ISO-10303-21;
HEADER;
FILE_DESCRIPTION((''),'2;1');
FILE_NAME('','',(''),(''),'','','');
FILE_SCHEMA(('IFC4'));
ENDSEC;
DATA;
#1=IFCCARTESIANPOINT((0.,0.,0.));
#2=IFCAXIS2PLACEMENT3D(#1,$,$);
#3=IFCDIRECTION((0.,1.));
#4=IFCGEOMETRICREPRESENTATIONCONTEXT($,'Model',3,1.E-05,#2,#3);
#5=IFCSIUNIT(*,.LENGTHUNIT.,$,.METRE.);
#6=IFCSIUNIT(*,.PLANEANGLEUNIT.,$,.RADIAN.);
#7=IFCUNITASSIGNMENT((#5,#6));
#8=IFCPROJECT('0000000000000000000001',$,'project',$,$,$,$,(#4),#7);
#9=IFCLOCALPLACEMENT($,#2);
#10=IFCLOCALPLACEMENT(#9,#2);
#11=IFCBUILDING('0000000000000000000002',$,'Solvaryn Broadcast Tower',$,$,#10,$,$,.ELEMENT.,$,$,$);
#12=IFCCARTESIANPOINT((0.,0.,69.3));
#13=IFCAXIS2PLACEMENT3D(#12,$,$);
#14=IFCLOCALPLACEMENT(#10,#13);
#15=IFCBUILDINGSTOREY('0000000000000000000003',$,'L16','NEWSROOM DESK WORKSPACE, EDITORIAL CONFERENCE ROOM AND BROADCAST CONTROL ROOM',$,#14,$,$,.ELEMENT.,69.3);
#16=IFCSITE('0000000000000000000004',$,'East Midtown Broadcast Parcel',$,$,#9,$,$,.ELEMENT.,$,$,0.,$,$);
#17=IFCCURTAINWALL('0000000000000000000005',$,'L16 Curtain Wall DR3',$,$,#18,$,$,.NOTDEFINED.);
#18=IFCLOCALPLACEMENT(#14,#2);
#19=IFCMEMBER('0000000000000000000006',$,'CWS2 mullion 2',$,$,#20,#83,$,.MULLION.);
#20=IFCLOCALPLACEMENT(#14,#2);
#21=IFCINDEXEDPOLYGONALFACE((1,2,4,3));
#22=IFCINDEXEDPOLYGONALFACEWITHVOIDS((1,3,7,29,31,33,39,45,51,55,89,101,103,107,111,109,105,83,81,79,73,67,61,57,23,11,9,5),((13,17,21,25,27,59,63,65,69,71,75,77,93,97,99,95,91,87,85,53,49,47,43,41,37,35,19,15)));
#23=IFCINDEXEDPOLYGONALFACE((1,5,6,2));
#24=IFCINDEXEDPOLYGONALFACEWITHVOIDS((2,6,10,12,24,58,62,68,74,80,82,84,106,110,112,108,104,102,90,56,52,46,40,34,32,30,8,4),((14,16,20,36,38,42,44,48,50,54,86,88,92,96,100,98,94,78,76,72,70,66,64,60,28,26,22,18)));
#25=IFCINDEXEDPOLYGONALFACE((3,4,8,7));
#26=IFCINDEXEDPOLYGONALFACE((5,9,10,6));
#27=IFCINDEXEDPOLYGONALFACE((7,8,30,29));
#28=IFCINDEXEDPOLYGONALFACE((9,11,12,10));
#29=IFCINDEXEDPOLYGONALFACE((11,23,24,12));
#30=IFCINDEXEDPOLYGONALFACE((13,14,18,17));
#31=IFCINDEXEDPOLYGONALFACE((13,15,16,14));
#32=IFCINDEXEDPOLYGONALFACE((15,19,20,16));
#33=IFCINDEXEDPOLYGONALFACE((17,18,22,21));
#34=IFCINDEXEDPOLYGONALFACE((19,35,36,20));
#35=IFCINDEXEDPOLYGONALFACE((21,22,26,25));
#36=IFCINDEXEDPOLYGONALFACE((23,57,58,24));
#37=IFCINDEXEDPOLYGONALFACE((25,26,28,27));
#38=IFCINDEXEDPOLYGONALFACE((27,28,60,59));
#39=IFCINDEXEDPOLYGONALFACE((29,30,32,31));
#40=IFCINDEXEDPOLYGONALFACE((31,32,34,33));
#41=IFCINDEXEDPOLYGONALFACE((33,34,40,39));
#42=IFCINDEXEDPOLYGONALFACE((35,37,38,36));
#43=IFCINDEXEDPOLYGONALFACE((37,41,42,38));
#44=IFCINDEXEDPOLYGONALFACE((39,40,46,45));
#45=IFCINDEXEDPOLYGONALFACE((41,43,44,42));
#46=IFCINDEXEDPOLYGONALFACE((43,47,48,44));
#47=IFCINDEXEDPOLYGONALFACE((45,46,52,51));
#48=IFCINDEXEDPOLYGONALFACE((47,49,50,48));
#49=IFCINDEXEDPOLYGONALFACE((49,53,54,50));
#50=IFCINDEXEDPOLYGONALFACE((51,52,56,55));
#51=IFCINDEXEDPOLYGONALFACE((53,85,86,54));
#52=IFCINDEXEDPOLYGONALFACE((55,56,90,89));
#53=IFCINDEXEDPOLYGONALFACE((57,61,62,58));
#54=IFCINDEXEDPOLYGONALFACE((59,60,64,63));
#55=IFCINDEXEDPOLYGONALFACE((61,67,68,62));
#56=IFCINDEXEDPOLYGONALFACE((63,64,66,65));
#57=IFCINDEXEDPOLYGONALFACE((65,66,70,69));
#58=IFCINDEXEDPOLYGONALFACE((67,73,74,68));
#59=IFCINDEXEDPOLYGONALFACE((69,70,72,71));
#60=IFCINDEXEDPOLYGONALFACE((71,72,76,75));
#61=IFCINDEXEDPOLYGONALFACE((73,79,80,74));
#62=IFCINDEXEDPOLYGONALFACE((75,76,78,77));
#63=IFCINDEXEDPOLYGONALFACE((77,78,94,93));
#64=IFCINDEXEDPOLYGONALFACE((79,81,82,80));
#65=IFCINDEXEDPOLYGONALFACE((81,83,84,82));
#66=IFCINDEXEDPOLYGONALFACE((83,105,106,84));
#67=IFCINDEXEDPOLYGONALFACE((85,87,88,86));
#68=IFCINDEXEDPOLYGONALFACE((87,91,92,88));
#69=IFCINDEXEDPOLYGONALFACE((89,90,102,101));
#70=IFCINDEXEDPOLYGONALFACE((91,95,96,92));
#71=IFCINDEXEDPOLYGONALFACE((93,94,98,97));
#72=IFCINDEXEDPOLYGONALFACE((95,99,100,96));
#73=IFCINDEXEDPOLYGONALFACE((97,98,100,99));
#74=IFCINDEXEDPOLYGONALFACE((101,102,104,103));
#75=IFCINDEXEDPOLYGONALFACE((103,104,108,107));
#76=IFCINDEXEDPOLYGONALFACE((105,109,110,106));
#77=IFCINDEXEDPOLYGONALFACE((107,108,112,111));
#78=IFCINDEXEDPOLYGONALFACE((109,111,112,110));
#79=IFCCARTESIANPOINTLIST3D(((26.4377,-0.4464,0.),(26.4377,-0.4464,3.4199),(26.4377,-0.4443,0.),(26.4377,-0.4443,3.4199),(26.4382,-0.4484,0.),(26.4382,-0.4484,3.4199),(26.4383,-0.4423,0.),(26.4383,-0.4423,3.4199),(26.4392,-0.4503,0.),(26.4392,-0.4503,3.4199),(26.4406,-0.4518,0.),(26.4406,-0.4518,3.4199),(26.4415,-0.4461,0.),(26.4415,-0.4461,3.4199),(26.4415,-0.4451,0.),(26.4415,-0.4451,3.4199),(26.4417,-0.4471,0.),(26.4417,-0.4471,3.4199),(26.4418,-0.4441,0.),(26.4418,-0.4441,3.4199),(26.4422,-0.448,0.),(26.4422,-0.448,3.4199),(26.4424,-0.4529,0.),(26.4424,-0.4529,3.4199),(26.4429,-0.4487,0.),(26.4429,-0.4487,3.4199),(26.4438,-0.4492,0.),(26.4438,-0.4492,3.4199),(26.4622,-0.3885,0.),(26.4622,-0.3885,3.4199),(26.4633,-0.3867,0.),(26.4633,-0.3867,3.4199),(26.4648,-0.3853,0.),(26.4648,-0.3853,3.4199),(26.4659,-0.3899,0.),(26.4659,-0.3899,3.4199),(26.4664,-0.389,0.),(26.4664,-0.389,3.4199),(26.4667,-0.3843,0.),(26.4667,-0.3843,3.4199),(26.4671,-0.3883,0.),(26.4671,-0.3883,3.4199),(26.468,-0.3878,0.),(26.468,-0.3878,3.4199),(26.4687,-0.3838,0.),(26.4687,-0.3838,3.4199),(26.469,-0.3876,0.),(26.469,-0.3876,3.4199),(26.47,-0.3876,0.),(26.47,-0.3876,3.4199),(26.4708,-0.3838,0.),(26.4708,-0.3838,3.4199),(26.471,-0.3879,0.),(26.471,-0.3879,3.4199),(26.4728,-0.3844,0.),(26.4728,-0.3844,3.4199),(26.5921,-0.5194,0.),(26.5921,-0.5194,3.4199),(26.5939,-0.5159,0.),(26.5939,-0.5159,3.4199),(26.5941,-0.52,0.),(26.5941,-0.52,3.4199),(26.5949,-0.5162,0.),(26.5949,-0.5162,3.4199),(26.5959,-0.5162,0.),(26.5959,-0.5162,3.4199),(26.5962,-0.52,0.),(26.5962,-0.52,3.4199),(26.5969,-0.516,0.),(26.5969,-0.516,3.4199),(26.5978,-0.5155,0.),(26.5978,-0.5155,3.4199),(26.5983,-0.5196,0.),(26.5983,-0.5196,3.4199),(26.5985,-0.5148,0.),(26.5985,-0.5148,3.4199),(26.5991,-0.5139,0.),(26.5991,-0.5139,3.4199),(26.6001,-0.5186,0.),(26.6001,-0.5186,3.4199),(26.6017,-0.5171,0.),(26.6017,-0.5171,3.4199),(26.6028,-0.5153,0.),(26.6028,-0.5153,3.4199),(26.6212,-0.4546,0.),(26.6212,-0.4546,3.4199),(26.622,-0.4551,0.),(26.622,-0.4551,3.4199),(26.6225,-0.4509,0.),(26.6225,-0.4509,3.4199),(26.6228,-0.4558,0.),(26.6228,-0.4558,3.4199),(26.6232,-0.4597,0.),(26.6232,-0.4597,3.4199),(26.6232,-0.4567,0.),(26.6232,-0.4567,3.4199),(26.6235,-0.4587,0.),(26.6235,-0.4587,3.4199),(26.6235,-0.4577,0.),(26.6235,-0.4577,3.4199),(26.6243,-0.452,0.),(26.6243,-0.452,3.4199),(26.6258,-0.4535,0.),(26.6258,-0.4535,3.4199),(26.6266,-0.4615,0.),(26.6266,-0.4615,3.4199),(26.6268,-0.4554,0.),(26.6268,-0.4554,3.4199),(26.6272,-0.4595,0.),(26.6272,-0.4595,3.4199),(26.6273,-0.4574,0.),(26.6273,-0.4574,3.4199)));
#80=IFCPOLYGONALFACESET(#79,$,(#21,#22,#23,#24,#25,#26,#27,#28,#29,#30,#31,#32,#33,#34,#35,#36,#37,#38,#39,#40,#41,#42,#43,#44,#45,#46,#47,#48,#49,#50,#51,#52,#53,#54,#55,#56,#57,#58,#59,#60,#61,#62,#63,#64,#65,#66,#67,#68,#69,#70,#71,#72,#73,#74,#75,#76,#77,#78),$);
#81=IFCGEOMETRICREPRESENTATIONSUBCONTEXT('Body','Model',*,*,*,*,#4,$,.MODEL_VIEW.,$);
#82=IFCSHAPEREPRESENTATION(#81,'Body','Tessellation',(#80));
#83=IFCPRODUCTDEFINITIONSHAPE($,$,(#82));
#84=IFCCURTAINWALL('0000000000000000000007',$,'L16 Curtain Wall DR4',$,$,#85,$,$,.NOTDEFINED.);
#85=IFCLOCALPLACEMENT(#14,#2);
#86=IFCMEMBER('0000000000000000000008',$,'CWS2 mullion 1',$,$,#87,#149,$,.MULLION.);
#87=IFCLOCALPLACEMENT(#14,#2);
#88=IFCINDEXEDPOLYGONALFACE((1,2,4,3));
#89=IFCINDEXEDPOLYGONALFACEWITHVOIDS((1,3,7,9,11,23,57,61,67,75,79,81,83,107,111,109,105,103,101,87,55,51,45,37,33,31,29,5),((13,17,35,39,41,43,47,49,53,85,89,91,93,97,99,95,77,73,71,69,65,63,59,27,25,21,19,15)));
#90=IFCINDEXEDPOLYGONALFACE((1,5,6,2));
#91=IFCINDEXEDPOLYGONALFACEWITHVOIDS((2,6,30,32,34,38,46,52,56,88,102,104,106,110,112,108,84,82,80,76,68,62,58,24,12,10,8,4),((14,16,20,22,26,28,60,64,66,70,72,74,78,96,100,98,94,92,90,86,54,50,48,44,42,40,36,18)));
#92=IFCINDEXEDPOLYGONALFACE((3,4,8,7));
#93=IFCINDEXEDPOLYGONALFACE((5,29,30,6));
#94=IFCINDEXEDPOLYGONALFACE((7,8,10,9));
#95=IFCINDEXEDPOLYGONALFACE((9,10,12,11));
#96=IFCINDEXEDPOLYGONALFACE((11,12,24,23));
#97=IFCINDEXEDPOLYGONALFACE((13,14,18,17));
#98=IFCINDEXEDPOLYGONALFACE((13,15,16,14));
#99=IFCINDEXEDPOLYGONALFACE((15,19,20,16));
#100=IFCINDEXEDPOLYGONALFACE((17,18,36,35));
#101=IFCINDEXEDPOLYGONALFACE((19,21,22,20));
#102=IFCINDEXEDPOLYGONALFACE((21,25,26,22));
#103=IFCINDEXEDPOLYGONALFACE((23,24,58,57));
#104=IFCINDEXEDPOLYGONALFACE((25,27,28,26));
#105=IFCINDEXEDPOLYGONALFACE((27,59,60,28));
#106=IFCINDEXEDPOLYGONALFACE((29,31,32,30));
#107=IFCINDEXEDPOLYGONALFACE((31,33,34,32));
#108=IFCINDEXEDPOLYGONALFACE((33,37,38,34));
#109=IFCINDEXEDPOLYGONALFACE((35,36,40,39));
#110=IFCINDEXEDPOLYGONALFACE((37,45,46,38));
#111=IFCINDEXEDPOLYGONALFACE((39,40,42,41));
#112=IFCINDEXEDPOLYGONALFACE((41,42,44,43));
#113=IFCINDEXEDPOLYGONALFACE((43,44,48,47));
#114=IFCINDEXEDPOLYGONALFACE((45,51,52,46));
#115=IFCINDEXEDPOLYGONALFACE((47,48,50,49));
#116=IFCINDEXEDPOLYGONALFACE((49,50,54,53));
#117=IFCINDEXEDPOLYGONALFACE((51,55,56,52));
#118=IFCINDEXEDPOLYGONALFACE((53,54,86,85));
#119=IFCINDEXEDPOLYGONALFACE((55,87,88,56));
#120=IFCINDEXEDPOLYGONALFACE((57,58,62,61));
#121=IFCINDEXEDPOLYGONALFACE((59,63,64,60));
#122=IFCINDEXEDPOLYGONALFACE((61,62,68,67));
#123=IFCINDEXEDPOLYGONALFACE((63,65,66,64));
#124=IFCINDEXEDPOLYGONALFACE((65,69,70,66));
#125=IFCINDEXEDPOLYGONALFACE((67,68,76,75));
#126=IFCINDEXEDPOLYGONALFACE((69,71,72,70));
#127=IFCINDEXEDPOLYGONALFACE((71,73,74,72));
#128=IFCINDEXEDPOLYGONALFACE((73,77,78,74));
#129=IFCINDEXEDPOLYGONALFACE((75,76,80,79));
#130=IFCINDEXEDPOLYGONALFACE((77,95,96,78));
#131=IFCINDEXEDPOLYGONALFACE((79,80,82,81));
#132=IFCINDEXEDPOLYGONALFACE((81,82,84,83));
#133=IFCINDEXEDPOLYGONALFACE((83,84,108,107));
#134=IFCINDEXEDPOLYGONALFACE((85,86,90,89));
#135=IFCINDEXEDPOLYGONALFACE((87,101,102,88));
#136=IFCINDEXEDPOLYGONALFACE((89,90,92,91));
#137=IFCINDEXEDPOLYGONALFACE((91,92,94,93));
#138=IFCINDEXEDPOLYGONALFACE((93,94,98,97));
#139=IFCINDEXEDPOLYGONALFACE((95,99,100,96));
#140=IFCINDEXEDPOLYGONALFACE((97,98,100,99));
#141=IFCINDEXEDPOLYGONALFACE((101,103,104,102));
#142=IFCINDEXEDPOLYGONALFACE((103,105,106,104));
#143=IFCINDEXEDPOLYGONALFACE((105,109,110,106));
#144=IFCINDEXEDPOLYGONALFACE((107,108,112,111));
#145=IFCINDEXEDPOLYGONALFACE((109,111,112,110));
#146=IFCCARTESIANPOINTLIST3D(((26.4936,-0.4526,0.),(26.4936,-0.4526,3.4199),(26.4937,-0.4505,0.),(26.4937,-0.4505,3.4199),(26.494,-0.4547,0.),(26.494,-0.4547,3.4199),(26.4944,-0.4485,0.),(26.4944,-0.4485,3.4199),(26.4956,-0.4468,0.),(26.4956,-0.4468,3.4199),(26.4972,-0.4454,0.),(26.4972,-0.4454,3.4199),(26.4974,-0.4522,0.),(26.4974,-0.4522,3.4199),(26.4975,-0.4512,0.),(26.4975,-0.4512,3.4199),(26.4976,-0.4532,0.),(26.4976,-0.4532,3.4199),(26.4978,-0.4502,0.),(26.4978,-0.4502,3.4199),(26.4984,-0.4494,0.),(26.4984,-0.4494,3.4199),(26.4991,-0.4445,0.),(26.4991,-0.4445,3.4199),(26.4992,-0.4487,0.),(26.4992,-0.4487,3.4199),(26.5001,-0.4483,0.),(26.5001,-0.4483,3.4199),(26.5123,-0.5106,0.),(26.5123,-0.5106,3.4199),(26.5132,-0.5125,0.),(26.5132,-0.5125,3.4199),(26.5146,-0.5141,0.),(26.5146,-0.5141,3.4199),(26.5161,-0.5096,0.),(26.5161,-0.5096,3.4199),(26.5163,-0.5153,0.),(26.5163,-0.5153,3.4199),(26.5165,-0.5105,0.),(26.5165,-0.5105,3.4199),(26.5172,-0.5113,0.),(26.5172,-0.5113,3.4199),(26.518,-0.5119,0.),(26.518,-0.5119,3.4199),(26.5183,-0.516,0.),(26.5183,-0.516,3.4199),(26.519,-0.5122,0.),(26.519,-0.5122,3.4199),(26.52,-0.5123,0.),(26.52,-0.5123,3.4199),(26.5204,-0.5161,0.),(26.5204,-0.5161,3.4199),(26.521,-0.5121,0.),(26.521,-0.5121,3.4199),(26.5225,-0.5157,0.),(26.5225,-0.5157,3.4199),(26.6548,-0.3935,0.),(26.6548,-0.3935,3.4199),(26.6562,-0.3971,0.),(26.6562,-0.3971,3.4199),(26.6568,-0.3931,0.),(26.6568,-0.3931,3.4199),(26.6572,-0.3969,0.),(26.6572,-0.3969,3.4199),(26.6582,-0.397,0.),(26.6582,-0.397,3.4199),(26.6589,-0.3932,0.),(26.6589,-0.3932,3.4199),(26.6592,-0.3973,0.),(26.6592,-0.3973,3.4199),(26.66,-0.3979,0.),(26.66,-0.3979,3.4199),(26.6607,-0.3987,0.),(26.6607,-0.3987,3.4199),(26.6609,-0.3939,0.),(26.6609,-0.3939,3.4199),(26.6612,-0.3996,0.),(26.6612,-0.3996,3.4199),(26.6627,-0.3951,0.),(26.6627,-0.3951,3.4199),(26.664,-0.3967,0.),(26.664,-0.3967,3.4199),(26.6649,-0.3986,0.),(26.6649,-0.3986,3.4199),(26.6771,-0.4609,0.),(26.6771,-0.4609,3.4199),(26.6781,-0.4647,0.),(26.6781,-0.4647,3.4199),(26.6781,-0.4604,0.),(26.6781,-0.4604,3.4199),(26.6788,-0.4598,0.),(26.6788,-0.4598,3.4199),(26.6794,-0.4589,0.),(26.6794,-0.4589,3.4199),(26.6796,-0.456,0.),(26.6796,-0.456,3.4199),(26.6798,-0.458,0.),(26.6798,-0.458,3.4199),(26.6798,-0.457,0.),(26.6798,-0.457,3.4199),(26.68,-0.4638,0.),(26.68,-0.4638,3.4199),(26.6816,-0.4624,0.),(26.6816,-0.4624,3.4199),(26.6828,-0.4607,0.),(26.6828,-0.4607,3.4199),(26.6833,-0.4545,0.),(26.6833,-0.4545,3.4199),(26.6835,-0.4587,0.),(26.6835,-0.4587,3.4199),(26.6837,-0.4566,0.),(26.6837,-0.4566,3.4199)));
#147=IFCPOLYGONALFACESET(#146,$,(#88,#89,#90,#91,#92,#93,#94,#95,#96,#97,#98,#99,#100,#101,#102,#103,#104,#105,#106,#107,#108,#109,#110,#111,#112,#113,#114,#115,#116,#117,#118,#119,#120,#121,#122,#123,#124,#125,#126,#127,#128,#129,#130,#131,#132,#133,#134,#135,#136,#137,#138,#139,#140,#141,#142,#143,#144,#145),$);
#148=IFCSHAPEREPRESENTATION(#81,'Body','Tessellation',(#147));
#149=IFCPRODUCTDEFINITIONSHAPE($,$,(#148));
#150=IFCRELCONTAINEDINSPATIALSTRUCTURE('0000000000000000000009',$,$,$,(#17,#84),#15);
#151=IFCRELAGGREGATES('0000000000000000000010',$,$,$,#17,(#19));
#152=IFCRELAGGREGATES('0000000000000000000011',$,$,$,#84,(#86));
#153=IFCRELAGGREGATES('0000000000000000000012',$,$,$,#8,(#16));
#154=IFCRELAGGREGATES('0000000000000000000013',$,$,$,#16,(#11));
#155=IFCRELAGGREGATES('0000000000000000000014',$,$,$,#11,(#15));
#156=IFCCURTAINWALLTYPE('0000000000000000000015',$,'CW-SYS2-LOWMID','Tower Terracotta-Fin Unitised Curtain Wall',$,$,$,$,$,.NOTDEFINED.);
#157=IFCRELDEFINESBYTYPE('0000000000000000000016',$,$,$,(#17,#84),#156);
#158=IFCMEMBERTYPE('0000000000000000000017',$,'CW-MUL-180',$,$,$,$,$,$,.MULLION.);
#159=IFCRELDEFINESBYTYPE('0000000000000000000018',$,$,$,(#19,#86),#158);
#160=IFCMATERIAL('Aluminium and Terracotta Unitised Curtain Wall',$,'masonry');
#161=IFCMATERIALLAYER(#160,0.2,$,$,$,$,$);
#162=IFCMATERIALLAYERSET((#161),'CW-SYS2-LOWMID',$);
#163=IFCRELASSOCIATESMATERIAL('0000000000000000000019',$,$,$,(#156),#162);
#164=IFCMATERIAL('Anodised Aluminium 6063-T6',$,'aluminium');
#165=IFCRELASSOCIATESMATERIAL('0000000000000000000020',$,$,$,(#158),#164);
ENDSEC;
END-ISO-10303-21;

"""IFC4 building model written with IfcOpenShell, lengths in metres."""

from ifc_helpers import new_model, si_unit, direction, frame, origin, origin_2d, place, context, subcontext, project, spatial, hollow_rectangle, extrude, material, layer, layer_set, material_profile, profile_set, type_object, element, aggregate, save


model = new_model("IFC4")

# Units and contexts
model_context = context("Model", 3, precision=1e-05, world=origin(), true_north=direction((0.0, 1.0)))
body_context = subcontext(model_context, "Body", "Model", "MODEL_VIEW")
ifc_project = project(units=[si_unit("LENGTHUNIT", "METRE"), si_unit("PLANEANGLEUNIT", "RADIAN")], contexts=[model_context])

# Site, building, storey
site_placement = place(None, origin())
site = spatial("IfcSite", under=ifc_project, at=site_placement, Name="East Midtown Broadcast Parcel", CompositionType="ELEMENT", RefElevation=0.0)
building_placement = place(site_placement, origin())
building = spatial("IfcBuilding", under=site, at=building_placement, Name="Solvaryn Broadcast Tower", CompositionType="ELEMENT")
storey_placement = place(building_placement, frame((0.0, 0.0, 69.3)))
storey = spatial("IfcBuildingStorey", under=building, at=storey_placement, Name="L16", Description="NEWSROOM DESK WORKSPACE, EDITORIAL CONFERENCE ROOM AND BROADCAST CONTROL ROOM", CompositionType="ELEMENT", Elevation=69.3)

# Curtain wall, member
ifc_material_1 = material(Name="Aluminium and Terracotta Unitised Curtain Wall", Category="masonry")
ifc_layer_1 = layer(ifc_material_1, 0.2)
ifc_layer_set_1 = layer_set([ifc_layer_1], Name="CW-SYS2-LOWMID")
curtain_wall_type = type_object("IfcCurtainWallType", Name="CW-SYS2-LOWMID", Description="Tower Terracotta-Fin Unitised Curtain Wall", PredefinedType="NOTDEFINED", material=ifc_layer_set_1)
curtain_wall_1_placement = place(storey_placement, origin())
curtain_wall_1 = element("IfcCurtainWall", 1, at=curtain_wall_1_placement, inside=storey, type_object=curtain_wall_type, Name="L16 Curtain Wall DR3", PredefinedType="NOTDEFINED")
ifc_material_2 = material(Name="Anodised Aluminium 6063-T6", Category="aluminium")
ifc_material_profile_1 = material_profile(ifc_material_2, hollow_rectangle(XDim=0.075, YDim=0.1799, WallThickness=0.0039, InnerFilletRadius=0.0039, OuterFilletRadius=0.0081, at=origin_2d()))
ifc_profile_set_1 = profile_set([ifc_material_profile_1], Name="Anodised Aluminium 6063-T6")
member_type_1 = type_object("IfcMemberType", Name="CW-MUL-180", PredefinedType="MULLION", material=ifc_profile_set_1)
member_1_placement = place(storey_placement, frame((26.5325, -0.4519, 0.0), z_axis=(0.0, 0.0, 1.0), x_axis=(0.405898, 0.913918, 0.0)))
member_1 = element("IfcMember", 2, at=member_1_placement, type_object=member_type_1, Name="CWS2 mullion 2", PredefinedType="MULLION", context=body_context, shape_type="SweptSolid", body=[
    extrude(hollow_rectangle(XDim=0.075, YDim=0.1799, WallThickness=0.0039, InnerFilletRadius=0.0039, OuterFilletRadius=0.0081, at=origin_2d()), origin(), (0.0, 0.0, 1.0), 3.4199),
])
aggregate(curtain_wall_1, [member_1])

# Curtain wall, member
curtain_wall_2_placement = place(storey_placement, origin())
curtain_wall_2 = element("IfcCurtainWall", 3, at=curtain_wall_2_placement, inside=storey, type_object=curtain_wall_type, Name="L16 Curtain Wall DR4", PredefinedType="NOTDEFINED")
member_2_placement = place(storey_placement, frame((26.5886, -0.4546, 0.0), z_axis=(0.0, 0.0, 1.0), x_axis=(-0.311594, 0.950215, 0.0)))
member_2 = element("IfcMember", 4, at=member_2_placement, type_object=member_type_1, Name="CWS2 mullion 1", PredefinedType="MULLION", context=body_context, shape_type="SweptSolid", body=[
    extrude(hollow_rectangle(XDim=0.075, YDim=0.1799, WallThickness=0.0039, InnerFilletRadius=0.0039, OuterFilletRadius=0.0081, at=origin_2d()), origin(), (0.0, 0.0, 1.0), 3.4199),
])
aggregate(curtain_wall_2, [member_2])

save(model, "model.ifc")
